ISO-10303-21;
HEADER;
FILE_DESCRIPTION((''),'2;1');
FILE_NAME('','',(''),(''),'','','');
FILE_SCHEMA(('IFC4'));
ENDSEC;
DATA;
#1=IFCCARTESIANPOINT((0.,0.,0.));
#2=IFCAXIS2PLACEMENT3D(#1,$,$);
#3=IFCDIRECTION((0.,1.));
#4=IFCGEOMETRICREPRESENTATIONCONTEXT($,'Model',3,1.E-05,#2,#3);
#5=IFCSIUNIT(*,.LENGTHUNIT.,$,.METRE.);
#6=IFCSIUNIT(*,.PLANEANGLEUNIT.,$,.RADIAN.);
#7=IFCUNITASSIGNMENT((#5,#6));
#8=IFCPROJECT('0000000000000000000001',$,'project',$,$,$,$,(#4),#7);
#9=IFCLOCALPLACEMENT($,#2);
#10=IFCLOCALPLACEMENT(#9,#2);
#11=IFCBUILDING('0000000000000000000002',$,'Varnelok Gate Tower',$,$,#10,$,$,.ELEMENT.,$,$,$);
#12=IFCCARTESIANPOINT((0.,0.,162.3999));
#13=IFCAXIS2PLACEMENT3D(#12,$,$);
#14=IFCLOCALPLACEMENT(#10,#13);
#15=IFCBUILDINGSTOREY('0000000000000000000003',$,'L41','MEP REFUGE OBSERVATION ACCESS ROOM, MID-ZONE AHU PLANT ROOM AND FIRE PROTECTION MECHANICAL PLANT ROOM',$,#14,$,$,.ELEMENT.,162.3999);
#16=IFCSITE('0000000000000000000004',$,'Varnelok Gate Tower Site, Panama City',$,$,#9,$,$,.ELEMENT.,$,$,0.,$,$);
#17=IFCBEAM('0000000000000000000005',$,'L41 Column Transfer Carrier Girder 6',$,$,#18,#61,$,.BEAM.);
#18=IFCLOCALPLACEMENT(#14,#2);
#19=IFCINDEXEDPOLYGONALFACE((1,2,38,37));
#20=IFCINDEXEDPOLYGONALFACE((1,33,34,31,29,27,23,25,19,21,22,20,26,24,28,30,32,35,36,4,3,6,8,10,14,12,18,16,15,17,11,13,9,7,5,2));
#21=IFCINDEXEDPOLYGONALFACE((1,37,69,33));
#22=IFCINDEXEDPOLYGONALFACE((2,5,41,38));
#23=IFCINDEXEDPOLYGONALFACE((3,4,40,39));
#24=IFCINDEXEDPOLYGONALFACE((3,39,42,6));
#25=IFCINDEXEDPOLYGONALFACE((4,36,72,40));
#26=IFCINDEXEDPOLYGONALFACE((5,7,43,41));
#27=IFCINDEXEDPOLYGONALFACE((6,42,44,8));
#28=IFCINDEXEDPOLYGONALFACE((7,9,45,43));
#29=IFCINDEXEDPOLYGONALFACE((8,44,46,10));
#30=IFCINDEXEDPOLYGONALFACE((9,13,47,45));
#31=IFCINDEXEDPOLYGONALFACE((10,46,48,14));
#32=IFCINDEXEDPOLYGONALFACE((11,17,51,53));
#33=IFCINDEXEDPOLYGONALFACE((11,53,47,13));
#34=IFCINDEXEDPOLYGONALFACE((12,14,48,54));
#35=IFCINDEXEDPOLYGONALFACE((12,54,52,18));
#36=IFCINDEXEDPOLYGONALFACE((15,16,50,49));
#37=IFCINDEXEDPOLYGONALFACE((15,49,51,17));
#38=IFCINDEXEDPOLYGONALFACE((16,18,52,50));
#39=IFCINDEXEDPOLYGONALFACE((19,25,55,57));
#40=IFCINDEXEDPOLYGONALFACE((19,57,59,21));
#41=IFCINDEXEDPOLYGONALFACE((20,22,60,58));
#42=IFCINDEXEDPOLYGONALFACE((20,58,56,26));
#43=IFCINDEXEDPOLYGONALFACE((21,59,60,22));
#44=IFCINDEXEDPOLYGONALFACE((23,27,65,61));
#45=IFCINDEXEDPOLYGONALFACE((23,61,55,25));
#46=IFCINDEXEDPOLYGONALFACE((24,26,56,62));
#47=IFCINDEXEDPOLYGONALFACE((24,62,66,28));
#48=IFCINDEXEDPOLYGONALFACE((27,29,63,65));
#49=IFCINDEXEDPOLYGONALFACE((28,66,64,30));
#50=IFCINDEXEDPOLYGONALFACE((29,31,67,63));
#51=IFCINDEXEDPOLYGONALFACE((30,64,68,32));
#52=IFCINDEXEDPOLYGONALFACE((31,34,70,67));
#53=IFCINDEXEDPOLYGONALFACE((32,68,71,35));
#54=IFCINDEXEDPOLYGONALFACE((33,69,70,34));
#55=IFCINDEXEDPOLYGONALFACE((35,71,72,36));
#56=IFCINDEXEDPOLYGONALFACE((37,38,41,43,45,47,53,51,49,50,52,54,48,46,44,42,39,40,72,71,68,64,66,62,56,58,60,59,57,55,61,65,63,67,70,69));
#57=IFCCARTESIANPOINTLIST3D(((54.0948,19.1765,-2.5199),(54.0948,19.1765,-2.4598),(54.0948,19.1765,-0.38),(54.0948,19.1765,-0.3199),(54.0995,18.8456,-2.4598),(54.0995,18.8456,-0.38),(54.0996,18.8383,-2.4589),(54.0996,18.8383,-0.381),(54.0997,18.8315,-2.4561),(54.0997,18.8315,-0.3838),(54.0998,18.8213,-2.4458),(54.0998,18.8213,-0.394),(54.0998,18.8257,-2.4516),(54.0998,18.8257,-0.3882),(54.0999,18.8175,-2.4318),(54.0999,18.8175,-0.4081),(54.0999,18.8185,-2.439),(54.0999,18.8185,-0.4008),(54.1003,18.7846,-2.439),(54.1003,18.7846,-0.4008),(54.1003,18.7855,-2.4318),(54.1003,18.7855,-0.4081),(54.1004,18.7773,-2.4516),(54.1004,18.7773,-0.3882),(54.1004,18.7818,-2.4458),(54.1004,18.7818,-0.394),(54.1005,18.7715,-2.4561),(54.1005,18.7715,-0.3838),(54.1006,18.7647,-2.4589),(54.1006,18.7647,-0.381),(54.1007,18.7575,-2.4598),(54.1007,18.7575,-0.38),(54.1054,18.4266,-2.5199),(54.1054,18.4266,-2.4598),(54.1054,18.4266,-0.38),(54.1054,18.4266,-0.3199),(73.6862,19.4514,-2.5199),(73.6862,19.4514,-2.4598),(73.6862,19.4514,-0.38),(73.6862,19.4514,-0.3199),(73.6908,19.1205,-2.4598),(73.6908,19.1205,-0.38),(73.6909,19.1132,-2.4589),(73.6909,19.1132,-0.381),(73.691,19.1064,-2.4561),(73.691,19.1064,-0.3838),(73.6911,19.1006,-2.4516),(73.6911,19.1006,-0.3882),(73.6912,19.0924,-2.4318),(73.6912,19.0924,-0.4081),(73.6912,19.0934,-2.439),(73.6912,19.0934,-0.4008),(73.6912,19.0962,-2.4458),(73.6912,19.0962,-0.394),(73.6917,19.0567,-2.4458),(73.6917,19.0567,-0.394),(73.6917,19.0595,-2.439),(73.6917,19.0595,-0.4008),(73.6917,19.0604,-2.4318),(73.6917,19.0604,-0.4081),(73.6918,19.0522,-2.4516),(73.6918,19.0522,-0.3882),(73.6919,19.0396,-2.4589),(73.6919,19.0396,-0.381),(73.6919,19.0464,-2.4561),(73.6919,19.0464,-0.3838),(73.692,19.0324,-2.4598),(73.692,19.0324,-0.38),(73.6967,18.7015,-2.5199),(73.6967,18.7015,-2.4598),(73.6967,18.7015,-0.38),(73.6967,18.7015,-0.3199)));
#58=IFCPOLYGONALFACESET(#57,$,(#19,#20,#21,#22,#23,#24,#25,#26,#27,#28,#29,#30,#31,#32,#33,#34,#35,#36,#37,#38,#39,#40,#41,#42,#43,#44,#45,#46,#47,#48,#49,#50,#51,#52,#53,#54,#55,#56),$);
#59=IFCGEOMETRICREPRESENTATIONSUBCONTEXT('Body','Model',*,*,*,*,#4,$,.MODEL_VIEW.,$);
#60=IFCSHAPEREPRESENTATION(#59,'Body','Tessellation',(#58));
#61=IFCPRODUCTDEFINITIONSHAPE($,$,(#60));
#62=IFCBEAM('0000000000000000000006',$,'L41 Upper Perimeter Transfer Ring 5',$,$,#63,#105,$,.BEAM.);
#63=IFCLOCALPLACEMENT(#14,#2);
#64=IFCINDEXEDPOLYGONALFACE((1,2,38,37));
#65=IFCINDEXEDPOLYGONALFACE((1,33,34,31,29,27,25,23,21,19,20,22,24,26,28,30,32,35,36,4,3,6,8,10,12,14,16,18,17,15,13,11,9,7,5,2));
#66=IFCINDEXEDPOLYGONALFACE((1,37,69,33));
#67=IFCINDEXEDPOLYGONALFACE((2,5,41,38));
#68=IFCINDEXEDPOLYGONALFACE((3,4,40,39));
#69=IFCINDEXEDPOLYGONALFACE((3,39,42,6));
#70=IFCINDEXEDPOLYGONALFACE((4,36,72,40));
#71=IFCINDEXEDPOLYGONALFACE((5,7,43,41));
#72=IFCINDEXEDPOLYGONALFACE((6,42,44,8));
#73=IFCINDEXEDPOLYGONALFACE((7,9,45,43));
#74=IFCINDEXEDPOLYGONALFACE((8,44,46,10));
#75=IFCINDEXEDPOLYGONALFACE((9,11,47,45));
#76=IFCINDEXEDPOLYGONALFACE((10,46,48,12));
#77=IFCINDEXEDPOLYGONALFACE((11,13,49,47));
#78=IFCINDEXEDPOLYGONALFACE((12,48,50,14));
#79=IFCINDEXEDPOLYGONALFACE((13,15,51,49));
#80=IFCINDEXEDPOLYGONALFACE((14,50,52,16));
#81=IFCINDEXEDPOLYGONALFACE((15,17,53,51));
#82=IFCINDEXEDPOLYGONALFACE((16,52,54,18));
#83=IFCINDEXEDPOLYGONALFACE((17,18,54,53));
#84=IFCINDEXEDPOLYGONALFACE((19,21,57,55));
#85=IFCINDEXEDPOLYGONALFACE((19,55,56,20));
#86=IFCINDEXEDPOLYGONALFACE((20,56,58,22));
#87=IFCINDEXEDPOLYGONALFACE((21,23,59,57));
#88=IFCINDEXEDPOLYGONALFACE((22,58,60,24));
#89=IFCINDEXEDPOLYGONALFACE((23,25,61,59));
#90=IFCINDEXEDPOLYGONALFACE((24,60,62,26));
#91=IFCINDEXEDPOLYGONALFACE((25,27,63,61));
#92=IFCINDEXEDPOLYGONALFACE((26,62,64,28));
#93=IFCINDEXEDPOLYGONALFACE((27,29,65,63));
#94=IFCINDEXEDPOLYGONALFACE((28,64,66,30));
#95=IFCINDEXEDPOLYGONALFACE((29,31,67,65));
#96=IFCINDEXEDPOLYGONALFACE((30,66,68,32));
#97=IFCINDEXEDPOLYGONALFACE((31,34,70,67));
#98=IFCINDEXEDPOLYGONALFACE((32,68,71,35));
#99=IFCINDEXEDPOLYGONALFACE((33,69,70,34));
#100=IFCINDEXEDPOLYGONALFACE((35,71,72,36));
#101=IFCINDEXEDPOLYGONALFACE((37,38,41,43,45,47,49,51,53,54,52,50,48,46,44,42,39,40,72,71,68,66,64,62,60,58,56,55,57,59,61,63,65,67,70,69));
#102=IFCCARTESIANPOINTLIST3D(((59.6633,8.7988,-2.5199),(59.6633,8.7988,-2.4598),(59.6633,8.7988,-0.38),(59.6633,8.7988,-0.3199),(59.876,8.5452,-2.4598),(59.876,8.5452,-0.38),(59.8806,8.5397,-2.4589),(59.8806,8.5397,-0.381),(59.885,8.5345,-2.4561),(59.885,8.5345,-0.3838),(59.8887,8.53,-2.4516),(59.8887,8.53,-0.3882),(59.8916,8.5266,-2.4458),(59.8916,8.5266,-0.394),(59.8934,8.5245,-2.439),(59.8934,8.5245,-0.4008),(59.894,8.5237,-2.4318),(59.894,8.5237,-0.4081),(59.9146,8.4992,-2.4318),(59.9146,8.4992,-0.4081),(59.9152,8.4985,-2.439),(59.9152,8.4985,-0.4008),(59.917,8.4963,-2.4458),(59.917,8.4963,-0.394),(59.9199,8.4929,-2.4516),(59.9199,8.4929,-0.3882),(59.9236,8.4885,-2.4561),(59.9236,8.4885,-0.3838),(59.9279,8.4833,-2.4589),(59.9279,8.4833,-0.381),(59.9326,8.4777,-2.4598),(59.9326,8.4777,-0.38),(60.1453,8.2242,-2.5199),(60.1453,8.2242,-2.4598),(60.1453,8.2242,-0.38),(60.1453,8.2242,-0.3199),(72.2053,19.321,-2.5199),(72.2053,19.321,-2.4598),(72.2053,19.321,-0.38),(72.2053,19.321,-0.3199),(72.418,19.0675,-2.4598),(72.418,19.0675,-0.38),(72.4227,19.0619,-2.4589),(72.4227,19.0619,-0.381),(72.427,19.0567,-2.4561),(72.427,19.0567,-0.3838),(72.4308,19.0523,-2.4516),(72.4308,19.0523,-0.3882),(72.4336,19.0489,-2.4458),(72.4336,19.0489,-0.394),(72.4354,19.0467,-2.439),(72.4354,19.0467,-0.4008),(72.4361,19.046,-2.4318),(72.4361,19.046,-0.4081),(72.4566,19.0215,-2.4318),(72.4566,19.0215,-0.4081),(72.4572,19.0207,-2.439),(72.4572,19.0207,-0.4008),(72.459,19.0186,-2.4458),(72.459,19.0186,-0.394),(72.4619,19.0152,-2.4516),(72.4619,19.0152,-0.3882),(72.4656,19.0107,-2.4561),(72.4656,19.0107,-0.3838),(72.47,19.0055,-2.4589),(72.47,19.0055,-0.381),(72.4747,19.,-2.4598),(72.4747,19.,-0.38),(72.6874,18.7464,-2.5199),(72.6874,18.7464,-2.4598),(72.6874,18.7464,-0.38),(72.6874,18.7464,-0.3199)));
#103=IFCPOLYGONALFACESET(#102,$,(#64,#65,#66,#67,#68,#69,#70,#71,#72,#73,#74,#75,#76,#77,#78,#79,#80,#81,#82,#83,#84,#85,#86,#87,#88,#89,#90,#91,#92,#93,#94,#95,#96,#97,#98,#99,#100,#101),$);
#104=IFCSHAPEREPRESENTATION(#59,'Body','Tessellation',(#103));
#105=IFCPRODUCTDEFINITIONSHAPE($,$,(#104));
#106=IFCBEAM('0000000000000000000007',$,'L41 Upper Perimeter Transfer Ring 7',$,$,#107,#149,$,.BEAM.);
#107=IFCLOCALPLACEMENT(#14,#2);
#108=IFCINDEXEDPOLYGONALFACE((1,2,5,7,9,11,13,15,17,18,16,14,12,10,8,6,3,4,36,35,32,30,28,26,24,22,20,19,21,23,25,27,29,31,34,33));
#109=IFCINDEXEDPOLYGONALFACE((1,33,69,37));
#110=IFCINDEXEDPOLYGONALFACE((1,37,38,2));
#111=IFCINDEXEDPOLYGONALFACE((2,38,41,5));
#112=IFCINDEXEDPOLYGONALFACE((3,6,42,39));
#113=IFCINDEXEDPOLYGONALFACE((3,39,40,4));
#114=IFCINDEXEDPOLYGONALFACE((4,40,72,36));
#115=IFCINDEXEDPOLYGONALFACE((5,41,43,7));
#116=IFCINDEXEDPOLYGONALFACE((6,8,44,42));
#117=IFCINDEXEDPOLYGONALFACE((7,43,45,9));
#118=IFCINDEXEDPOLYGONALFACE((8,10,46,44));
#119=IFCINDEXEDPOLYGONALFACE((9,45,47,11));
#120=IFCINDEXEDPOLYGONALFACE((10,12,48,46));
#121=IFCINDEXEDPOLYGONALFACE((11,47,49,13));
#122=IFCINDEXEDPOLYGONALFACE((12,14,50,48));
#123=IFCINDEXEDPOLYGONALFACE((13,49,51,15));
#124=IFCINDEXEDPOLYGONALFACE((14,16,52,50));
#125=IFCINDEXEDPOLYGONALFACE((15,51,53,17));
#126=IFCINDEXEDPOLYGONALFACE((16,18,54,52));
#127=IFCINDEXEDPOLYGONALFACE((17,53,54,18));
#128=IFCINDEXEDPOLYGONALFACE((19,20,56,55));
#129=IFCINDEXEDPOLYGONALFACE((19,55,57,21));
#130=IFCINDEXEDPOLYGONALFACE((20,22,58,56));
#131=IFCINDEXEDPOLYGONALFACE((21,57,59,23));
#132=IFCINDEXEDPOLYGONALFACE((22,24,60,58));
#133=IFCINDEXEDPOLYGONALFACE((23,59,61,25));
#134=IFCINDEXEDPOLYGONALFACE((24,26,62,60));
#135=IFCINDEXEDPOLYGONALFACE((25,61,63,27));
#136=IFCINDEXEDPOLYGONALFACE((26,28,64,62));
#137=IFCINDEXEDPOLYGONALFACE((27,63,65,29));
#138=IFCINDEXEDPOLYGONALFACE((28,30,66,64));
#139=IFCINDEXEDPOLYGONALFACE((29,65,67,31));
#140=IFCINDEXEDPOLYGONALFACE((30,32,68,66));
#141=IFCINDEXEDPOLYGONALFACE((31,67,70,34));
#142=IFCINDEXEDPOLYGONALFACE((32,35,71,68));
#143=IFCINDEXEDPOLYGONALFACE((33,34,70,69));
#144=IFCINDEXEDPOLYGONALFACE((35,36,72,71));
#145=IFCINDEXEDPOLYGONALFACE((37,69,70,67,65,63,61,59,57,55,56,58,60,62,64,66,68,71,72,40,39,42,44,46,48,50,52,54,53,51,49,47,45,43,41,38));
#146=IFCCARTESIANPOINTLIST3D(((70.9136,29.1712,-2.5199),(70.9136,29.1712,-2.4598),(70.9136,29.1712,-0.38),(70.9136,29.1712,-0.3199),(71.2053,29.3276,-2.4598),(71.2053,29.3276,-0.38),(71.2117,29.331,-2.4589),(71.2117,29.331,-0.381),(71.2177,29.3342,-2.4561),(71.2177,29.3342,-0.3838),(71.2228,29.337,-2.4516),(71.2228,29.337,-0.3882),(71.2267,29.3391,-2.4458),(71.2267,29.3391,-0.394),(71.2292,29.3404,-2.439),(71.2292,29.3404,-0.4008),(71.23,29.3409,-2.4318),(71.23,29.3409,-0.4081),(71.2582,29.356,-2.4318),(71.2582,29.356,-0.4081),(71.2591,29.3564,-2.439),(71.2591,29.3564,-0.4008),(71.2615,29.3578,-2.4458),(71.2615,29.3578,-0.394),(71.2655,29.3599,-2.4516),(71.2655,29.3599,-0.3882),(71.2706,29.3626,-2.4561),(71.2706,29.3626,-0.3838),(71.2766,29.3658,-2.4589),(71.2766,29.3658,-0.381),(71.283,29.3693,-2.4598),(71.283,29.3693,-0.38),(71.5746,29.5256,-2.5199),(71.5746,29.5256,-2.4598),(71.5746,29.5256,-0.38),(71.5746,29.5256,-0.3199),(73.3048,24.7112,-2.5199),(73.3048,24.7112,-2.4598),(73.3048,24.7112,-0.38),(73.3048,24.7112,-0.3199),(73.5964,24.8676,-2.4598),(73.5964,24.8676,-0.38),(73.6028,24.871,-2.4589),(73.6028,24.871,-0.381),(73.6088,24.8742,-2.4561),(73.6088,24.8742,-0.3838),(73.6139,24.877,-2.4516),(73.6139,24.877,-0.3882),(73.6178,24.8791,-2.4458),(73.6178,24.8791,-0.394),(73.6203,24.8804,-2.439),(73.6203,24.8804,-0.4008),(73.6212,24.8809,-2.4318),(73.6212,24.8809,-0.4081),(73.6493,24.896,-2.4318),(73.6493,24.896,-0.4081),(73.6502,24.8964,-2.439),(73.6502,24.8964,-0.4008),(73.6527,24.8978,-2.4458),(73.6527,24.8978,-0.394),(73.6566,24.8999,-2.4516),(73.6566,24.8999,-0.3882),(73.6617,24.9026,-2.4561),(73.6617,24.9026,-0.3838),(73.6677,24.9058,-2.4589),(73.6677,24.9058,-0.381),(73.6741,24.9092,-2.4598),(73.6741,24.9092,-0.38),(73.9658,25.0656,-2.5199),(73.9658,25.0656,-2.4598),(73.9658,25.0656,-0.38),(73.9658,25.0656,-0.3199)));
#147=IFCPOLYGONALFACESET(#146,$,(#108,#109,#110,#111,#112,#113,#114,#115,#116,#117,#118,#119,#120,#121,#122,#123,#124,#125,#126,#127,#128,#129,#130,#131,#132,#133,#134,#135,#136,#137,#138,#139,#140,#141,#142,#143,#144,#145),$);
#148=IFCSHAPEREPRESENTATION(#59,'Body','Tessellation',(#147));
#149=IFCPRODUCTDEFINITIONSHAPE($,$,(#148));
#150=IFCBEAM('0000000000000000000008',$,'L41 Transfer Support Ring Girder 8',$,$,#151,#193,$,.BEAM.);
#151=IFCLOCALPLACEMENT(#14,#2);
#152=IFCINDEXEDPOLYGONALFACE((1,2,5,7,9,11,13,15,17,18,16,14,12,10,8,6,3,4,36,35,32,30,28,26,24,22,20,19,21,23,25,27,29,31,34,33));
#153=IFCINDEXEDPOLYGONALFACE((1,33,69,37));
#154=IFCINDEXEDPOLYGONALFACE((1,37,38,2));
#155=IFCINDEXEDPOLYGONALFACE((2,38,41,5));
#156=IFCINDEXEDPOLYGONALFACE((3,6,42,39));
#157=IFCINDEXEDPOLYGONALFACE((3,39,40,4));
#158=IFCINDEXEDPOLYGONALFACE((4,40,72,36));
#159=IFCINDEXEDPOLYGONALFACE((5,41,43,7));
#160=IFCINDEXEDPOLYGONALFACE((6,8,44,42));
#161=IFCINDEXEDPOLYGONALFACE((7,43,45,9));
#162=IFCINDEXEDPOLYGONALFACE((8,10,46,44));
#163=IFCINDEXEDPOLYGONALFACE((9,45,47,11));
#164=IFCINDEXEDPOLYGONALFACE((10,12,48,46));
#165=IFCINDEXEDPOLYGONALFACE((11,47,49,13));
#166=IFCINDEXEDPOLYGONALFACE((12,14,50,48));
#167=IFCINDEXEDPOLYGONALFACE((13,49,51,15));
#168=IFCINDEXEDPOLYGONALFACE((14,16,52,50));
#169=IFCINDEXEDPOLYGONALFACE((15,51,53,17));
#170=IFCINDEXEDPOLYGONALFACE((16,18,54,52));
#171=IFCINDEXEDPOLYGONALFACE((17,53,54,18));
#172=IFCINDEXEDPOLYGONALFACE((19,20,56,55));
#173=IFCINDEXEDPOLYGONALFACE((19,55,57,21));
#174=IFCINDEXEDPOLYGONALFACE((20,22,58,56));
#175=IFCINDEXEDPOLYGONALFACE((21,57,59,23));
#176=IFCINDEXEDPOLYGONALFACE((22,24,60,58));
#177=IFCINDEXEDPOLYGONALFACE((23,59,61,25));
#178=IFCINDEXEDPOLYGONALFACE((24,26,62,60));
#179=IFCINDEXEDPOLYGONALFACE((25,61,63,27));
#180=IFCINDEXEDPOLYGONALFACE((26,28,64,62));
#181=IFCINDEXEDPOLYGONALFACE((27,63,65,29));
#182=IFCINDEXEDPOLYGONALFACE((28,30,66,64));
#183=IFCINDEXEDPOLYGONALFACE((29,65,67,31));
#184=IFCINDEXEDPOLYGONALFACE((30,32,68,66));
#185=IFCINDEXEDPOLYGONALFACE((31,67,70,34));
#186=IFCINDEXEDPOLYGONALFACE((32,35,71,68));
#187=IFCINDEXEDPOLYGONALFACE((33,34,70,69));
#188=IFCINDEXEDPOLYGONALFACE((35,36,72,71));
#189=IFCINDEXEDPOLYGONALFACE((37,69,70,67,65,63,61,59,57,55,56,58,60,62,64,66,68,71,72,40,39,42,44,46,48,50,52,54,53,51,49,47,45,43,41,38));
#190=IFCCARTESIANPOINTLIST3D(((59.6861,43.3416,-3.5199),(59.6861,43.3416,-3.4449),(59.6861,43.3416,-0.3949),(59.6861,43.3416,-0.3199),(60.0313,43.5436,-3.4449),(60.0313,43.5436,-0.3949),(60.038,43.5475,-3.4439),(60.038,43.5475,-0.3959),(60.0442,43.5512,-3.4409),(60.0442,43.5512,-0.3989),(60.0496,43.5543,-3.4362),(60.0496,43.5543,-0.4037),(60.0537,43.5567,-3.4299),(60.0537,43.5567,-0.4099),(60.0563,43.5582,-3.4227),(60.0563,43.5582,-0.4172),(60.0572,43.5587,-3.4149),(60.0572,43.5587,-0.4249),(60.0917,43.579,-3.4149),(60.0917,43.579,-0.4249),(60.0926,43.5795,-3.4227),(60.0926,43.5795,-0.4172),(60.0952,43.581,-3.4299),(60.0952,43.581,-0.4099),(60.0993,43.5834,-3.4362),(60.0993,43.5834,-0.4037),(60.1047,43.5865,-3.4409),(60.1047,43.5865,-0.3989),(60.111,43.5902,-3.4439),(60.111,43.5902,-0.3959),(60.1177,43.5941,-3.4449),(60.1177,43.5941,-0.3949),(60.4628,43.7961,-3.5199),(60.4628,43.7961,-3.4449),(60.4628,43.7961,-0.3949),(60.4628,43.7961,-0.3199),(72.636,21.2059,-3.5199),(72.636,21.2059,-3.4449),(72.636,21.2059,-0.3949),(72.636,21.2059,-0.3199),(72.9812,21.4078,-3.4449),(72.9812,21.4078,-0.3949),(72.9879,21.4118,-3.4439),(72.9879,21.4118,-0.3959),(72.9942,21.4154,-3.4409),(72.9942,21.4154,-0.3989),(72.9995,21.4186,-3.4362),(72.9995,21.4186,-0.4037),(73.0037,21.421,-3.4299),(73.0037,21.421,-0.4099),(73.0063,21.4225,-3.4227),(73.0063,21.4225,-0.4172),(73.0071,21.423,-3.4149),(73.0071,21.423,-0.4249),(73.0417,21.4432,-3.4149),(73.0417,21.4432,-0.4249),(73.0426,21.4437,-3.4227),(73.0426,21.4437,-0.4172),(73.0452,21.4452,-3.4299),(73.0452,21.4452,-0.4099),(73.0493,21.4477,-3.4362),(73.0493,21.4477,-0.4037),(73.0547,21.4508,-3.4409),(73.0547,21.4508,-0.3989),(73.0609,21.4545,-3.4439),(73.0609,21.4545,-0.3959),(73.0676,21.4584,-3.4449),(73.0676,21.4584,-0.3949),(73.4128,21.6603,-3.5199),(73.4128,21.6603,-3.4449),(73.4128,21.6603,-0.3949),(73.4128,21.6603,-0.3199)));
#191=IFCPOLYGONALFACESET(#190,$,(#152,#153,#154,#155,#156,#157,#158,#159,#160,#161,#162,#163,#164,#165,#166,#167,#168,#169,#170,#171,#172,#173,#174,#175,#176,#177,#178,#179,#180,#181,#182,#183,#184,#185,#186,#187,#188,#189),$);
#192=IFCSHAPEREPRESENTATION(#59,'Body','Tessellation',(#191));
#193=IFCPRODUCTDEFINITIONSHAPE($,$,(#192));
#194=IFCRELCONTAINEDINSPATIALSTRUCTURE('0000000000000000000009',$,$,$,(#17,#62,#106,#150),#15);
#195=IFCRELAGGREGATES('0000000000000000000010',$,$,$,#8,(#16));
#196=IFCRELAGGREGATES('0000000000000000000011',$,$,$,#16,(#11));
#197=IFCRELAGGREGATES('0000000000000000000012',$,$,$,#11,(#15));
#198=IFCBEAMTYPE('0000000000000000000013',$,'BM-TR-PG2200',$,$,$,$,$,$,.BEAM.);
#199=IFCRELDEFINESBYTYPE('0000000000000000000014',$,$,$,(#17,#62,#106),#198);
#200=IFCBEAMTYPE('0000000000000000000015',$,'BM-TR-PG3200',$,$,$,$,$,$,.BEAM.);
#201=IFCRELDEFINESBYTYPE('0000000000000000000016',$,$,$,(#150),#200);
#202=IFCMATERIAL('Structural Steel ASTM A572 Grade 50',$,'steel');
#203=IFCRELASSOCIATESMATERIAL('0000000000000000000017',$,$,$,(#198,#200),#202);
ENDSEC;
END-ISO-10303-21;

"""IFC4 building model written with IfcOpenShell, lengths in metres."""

from ifc_helpers import new_model, si_unit, direction, frame, origin, origin_2d, place, context, subcontext, project, spatial, i_section, extrude, material, material_profile, profile_set, type_object, element, save


model = new_model("IFC4")

# Units and contexts
model_context = context("Model", 3, precision=1e-05, world=origin(), true_north=direction((0.0, 1.0)))
body_context = subcontext(model_context, "Body", "Model", "MODEL_VIEW")
ifc_project = project(units=[si_unit("LENGTHUNIT", "METRE"), si_unit("PLANEANGLEUNIT", "RADIAN")], contexts=[model_context])

# Site, building, storey
site_placement = place(None, origin())
site = spatial("IfcSite", under=ifc_project, at=site_placement, Name="Varnelok Gate Tower Site, Panama City", CompositionType="ELEMENT", RefElevation=0.0)
building_placement = place(site_placement, origin())
building = spatial("IfcBuilding", under=site, at=building_placement, Name="Varnelok Gate Tower", CompositionType="ELEMENT")
storey_placement = place(building_placement, frame((0.0, 0.0, 162.3999)))
storey = spatial("IfcBuildingStorey", under=building, at=storey_placement, Name="L41", Description="MEP REFUGE OBSERVATION ACCESS ROOM, MID-ZONE AHU PLANT ROOM AND FIRE PROTECTION MECHANICAL PLANT ROOM", CompositionType="ELEMENT", Elevation=162.3999)

# Beams
ifc_material_1 = material(Name="Structural Steel ASTM A572 Grade 50", Category="steel")
ifc_material_profile_1 = material_profile(ifc_material_1, i_section(OverallWidth=0.75, OverallDepth=2.2, WebThickness=0.032, FlangeThickness=0.0601, FilletRadius=0.0281, at=origin_2d()), Name="PG2200X750")
ifc_profile_set_1 = profile_set([ifc_material_profile_1], Name="Structural Steel ASTM A572 Grade 50")
beam_type_1 = type_object("IfcBeamType", Name="BM-TR-PG2200", PredefinedType="BEAM", material=ifc_profile_set_1)
beam_1_placement = place(storey_placement, frame((54.1001, 18.8015, -1.4199), z_axis=(0.999902, 0.01403, 0.0), x_axis=(-0.01403, 0.999902, 0.0)))
element("IfcBeam", 1, at=beam_1_placement, inside=storey, type_object=beam_type_1, Name="L41 Column Transfer Carrier Girder 6", PredefinedType="BEAM", context=body_context, shape_type="SweptSolid", body=[
    extrude(i_section(OverallWidth=0.75, OverallDepth=2.2, WebThickness=0.032, FlangeThickness=0.0601, FilletRadius=0.0281, at=origin_2d()), origin(), (0.0, 0.0, 1.0), 19.5933),
])
beam_2_placement = place(storey_placement, frame((59.9043, 8.5115, -1.4199), z_axis=(0.766098, 0.642724, 0.0), x_axis=(-0.642724, 0.766098, 0.0)))
element("IfcBeam", 2, at=beam_2_placement, inside=storey, type_object=beam_type_1, Name="L41 Upper Perimeter Transfer Ring 5", PredefinedType="BEAM", context=body_context, shape_type="SweptSolid", body=[
    extrude(i_section(OverallWidth=0.75, OverallDepth=2.2, WebThickness=0.032, FlangeThickness=0.0601, FilletRadius=0.0281, at=origin_2d()), origin(), (0.0, 0.0, 1.0), 16.3713),
])
beam_3_placement = place(storey_placement, frame((73.6353, 24.8884, -1.4199), z_axis=(-0.472505, 0.881328, 0.0), x_axis=(-0.881328, -0.472505, 0.0)))
element("IfcBeam", 3, at=beam_3_placement, inside=storey, type_object=beam_type_1, Name="L41 Upper Perimeter Transfer Ring 7", PredefinedType="BEAM", context=body_context, shape_type="SweptSolid", body=[
    extrude(i_section(OverallWidth=0.75, OverallDepth=2.2, WebThickness=0.032, FlangeThickness=0.0601, FilletRadius=0.0281, at=origin_2d()), origin(), (0.0, 0.0, 1.0), 5.0605),
])
ifc_material_profile_2 = material_profile(ifc_material_1, i_section(OverallWidth=0.8999, OverallDepth=3.2, WebThickness=0.04, FlangeThickness=0.075, FilletRadius=0.03, at=origin_2d()), Name="PG3200X900")
ifc_profile_set_2 = profile_set([ifc_material_profile_2], Name="Structural Steel ASTM A572 Grade 50")
beam_type_2 = type_object("IfcBeamType", Name="BM-TR-PG3200", PredefinedType="BEAM", material=ifc_profile_set_2)
beam_4_placement = place(storey_placement, frame((73.0244, 21.4331, -1.9199), z_axis=(-0.50496, 0.863143, 0.0), x_axis=(-0.863143, -0.50496, 0.0)))
element("IfcBeam", 4, at=beam_4_placement, inside=storey, type_object=beam_type_2, Name="L41 Transfer Support Ring Girder 8", PredefinedType="BEAM", context=body_context, shape_type="SweptSolid", body=[
    extrude(i_section(OverallWidth=0.8999, OverallDepth=3.2, WebThickness=0.04, FlangeThickness=0.075, FilletRadius=0.03, at=origin_2d()), origin(), (0.0, 0.0, 1.0), 25.6455),
])

save(model, "model.ifc")
